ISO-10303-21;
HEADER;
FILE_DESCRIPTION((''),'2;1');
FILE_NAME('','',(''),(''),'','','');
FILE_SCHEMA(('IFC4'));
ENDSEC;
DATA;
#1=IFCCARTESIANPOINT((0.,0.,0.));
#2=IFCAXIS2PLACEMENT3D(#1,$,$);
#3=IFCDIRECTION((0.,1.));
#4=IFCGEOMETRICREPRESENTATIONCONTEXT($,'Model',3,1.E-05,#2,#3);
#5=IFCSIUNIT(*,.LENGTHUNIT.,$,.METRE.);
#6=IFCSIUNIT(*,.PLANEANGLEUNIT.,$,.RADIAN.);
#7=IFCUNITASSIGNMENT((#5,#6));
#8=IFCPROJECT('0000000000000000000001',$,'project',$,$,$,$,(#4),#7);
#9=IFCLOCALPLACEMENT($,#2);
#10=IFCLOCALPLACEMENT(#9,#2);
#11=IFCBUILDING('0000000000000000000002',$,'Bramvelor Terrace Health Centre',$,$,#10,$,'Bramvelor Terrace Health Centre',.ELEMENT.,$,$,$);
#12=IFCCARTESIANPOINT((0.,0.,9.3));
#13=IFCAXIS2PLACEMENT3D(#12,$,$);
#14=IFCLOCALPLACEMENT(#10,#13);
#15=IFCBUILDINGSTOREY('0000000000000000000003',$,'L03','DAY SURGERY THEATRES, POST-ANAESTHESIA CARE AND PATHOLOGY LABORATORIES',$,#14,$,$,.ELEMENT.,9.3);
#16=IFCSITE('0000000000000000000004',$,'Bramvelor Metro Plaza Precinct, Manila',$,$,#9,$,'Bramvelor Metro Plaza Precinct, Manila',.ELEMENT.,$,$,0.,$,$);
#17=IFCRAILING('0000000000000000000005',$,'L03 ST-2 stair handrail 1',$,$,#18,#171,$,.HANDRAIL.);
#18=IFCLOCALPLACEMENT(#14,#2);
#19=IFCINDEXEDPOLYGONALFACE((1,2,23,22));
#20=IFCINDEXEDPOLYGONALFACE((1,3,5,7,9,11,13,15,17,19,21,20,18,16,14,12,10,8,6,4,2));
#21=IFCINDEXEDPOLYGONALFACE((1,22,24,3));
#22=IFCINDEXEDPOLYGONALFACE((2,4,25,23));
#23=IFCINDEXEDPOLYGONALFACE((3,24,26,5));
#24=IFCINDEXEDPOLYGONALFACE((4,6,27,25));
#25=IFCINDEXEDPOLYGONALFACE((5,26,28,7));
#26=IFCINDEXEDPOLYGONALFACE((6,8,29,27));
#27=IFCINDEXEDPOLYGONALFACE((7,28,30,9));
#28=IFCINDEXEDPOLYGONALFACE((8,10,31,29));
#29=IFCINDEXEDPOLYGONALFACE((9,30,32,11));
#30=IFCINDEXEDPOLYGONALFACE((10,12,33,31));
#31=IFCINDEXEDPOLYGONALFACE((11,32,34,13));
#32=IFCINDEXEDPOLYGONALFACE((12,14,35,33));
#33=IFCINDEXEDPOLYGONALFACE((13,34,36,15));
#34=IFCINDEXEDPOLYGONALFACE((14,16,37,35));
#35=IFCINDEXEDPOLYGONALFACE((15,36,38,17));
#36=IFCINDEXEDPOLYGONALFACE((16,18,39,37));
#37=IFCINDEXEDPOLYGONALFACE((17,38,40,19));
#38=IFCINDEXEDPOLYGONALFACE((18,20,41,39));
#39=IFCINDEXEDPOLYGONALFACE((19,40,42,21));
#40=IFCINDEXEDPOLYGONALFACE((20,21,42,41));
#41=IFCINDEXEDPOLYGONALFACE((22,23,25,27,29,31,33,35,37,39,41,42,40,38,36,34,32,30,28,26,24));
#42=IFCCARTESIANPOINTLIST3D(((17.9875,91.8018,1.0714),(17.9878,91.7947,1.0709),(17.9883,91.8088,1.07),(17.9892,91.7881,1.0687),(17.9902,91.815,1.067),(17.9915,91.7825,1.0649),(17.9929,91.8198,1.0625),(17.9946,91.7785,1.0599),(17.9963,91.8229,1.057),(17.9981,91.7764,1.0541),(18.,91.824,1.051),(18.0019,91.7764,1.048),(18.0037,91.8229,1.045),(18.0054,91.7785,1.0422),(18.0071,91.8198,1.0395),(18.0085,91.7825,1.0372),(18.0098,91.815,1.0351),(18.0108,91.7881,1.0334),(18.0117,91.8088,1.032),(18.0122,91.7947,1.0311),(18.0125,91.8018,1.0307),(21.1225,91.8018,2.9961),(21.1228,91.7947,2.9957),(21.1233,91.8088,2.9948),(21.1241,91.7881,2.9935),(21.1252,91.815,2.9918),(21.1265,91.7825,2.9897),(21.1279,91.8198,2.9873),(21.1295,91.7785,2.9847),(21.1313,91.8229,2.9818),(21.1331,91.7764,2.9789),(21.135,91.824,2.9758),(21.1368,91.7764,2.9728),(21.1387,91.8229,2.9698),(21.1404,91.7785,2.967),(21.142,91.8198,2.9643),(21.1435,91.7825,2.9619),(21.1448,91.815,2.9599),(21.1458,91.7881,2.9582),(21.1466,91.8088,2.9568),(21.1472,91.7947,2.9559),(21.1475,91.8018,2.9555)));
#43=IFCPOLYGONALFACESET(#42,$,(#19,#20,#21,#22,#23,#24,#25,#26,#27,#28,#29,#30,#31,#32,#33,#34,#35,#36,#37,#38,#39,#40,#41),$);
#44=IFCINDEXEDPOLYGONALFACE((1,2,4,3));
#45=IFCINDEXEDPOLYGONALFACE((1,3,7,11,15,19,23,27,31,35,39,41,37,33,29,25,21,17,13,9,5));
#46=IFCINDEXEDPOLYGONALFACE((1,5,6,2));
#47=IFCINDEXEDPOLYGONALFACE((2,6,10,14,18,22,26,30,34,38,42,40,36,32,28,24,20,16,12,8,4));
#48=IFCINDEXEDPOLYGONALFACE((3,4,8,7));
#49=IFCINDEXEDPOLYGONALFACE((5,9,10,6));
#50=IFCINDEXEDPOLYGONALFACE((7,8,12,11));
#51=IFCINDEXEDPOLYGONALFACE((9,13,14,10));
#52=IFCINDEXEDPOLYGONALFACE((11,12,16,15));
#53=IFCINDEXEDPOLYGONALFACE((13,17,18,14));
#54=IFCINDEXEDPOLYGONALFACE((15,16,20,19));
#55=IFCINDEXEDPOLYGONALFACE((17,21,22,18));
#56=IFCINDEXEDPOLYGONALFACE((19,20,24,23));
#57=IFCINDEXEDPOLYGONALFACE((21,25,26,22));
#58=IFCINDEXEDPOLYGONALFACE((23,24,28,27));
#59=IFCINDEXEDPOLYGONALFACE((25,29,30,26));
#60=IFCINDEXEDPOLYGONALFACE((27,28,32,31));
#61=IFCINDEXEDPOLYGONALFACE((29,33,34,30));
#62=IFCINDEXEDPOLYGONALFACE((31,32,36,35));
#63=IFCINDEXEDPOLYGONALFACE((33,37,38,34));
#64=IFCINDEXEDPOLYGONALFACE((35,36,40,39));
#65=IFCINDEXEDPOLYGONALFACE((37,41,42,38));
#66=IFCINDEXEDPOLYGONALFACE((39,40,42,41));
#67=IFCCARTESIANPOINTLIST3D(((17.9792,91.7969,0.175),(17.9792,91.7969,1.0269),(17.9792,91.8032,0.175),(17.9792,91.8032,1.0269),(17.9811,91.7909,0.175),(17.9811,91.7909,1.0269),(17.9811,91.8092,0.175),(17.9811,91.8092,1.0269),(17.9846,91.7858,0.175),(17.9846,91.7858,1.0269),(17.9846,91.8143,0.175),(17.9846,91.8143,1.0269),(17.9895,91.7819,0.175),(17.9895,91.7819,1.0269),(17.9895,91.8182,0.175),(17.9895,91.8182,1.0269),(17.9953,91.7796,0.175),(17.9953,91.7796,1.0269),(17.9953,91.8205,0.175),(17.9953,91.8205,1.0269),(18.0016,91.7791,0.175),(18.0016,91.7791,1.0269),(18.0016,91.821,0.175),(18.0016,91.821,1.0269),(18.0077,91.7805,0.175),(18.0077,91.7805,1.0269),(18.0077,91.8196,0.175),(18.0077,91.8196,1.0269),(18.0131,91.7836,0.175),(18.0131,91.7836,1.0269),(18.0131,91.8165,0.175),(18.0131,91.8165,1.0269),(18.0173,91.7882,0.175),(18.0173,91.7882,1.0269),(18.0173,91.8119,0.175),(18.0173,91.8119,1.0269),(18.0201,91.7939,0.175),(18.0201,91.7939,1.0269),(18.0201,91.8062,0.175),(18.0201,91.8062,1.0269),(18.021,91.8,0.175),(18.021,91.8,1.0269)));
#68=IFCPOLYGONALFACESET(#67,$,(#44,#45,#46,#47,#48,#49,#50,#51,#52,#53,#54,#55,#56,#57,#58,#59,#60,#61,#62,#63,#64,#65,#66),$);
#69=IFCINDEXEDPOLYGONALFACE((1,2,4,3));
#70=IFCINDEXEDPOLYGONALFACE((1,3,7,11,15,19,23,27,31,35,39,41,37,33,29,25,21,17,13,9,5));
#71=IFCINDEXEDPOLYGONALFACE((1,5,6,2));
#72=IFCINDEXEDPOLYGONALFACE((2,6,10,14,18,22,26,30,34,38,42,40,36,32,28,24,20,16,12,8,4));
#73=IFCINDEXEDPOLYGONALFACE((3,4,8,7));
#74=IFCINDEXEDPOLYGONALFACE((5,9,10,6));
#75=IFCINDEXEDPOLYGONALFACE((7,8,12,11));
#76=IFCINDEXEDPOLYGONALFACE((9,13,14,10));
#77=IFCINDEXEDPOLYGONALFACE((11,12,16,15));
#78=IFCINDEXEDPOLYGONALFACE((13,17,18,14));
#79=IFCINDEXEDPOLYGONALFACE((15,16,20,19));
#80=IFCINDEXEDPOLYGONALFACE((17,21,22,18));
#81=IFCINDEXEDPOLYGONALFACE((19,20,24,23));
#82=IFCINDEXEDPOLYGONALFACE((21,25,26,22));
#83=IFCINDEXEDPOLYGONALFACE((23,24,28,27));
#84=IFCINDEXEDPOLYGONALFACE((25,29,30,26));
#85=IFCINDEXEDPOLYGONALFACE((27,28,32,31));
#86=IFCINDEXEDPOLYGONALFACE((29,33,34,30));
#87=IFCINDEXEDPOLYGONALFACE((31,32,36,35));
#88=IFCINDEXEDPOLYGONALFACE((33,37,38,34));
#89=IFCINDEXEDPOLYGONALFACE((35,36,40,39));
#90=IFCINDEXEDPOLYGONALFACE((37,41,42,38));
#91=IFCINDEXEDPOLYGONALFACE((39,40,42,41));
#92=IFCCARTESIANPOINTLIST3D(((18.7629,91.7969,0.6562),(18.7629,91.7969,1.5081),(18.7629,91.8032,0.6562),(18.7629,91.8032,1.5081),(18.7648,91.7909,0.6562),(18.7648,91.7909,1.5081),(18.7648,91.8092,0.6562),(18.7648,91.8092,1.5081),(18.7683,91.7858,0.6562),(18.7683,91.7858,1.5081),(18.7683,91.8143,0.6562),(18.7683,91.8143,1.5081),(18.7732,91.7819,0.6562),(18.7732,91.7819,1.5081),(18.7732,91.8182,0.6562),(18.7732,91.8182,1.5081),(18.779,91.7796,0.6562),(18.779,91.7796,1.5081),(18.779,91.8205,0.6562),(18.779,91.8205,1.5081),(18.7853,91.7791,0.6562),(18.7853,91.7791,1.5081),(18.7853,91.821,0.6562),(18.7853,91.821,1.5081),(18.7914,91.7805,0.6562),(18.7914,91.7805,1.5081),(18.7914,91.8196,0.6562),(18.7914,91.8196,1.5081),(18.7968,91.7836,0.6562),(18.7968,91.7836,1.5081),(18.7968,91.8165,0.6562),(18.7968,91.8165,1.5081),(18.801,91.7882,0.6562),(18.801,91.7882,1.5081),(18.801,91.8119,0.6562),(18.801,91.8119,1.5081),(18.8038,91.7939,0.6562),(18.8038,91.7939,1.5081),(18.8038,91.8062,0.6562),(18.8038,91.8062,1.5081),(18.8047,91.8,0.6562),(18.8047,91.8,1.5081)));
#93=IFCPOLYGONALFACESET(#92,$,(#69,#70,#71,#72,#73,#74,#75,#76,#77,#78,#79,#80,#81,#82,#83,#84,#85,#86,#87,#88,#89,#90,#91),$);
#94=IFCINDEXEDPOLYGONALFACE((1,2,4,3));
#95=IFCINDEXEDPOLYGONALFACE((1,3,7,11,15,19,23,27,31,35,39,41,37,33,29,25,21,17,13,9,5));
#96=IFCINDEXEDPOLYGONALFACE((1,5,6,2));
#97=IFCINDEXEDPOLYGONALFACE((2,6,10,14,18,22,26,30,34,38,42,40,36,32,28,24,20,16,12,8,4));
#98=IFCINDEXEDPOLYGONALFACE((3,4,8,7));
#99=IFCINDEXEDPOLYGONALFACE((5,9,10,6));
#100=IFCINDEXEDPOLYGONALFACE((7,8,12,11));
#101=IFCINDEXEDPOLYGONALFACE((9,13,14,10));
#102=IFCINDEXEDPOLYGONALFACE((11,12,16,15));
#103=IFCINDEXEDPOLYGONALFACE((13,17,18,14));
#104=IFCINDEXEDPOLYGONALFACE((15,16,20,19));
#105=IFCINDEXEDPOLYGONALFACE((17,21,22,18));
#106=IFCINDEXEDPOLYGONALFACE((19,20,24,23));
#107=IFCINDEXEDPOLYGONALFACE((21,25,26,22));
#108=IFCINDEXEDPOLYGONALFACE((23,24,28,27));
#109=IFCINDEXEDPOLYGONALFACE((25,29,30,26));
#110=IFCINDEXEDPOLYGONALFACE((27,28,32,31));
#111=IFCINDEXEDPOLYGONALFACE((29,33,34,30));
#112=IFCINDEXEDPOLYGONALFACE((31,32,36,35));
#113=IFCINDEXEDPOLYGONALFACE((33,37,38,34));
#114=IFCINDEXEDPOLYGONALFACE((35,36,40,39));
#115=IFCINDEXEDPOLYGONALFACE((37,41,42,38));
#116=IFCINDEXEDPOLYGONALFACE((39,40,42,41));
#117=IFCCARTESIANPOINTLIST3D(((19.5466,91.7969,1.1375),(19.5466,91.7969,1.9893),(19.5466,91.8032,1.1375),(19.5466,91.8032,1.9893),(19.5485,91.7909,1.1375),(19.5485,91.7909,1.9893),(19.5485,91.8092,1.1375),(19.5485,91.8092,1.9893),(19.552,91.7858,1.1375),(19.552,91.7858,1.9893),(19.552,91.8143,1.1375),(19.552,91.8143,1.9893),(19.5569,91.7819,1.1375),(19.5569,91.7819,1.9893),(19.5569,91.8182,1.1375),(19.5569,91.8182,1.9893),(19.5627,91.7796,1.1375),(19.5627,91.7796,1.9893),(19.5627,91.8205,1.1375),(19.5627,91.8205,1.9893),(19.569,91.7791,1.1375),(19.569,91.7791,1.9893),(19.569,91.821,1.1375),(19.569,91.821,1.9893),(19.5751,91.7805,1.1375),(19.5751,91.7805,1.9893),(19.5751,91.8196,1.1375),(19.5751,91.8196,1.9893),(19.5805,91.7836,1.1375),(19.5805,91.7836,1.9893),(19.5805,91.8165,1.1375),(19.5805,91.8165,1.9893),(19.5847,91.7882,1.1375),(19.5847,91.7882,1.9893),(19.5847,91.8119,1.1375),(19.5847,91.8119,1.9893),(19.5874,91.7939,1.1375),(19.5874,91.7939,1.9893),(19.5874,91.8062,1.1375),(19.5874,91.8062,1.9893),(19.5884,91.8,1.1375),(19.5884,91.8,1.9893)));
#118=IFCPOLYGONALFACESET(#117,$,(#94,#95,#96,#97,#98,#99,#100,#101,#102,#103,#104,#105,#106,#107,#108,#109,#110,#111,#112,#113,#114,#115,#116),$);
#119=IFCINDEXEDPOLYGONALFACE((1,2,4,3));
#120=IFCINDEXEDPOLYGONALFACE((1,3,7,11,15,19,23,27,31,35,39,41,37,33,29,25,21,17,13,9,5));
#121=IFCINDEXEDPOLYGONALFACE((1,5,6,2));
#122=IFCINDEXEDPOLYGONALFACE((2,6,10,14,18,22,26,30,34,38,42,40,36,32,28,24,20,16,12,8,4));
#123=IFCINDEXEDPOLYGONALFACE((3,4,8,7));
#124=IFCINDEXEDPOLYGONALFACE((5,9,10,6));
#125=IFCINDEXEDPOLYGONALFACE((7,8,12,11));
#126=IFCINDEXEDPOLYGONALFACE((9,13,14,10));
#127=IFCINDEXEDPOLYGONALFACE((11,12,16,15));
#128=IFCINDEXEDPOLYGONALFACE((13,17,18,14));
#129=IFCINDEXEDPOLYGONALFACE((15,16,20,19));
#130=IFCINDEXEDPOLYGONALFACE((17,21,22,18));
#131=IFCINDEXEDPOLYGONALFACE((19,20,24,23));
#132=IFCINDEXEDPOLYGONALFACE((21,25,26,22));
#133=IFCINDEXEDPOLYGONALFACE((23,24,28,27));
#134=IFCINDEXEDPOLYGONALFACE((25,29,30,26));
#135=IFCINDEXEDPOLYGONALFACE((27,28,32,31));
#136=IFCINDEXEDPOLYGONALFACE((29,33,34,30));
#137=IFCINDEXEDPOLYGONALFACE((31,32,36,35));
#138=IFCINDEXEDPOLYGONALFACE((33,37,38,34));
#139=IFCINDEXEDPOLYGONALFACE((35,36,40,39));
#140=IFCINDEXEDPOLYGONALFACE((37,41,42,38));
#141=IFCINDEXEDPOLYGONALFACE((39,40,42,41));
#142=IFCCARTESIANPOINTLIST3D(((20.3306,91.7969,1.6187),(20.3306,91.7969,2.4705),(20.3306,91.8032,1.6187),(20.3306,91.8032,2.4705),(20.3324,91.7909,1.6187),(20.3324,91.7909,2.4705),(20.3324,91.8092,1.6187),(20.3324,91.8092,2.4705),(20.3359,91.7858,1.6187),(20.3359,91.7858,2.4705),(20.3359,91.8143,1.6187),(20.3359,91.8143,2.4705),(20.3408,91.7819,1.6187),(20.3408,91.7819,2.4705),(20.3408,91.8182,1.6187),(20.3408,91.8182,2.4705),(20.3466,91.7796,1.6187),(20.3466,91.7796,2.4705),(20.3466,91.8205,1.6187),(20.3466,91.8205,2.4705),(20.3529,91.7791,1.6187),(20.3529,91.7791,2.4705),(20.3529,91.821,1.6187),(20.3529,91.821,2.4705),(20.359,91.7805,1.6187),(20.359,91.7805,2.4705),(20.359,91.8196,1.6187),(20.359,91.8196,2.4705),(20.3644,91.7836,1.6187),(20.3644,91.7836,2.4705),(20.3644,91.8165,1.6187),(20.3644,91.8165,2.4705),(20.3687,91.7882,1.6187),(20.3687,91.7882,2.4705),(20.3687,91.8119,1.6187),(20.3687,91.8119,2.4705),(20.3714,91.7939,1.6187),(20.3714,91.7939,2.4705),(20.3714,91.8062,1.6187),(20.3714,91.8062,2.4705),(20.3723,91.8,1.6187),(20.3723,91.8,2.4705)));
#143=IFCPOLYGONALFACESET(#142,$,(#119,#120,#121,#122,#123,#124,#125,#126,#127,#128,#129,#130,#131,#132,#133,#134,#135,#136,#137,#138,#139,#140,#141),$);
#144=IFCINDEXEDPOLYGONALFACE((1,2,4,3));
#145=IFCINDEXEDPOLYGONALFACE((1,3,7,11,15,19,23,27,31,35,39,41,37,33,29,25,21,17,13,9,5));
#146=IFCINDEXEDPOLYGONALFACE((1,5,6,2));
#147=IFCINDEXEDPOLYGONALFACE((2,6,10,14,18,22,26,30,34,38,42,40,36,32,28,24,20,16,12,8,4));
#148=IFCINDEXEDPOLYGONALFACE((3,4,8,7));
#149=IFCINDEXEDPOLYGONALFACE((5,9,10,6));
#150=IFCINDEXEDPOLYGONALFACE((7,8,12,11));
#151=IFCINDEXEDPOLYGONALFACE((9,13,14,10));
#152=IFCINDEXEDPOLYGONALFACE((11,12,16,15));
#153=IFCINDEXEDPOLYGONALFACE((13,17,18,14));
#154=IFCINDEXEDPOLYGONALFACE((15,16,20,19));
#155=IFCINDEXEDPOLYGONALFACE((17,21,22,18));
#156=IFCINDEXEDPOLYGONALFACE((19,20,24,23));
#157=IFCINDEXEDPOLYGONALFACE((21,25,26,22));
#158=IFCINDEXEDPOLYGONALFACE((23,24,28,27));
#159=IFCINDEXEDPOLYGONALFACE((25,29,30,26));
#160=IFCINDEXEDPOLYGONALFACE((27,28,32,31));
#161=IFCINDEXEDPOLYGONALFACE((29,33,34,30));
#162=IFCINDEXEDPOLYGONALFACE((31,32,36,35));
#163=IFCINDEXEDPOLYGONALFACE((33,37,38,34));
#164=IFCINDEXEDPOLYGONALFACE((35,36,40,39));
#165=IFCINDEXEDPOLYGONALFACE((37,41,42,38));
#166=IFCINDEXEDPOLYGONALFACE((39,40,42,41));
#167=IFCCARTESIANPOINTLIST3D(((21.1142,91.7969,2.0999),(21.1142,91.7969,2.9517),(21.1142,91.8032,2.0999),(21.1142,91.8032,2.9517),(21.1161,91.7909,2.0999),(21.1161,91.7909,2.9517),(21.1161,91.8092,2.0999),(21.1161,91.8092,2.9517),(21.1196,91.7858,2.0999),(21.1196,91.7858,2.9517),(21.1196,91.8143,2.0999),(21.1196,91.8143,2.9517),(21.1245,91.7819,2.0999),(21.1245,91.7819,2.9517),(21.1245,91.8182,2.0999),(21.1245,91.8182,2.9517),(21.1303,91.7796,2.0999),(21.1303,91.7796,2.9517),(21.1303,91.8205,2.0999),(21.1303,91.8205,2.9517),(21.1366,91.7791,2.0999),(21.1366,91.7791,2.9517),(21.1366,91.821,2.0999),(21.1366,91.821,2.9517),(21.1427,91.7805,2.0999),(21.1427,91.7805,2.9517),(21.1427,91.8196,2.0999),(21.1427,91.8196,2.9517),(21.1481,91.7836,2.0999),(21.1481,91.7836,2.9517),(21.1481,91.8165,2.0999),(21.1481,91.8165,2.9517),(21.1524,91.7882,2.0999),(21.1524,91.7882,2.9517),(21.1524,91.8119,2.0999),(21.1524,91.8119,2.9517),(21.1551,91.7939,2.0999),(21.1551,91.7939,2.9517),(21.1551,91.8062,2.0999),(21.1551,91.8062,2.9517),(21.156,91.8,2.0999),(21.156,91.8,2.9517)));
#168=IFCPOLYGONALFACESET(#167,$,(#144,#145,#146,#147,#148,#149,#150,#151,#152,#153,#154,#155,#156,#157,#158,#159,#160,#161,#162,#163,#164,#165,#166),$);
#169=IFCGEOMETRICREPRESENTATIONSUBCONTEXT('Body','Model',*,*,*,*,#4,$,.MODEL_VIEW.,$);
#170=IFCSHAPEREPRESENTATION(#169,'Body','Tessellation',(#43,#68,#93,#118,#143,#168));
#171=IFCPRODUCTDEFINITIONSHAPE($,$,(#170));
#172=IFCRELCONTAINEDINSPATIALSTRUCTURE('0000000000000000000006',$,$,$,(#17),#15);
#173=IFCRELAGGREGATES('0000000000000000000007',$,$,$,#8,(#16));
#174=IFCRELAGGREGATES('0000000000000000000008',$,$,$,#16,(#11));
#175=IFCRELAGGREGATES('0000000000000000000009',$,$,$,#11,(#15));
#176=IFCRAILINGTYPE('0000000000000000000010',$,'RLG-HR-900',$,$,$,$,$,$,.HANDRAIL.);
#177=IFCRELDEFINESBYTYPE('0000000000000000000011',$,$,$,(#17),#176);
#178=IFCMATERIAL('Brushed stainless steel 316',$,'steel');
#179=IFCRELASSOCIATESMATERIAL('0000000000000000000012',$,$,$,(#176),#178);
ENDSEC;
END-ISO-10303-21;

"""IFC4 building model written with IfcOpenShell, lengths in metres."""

from ifc_helpers import new_model, si_unit, direction, frame, origin, origin_2d, place, context, subcontext, project, spatial, circle, extrude, material, type_object, element, save


model = new_model("IFC4")

# Units and contexts
model_context = context("Model", 3, precision=1e-05, world=origin(), true_north=direction((0.0, 1.0)))
body_context = subcontext(model_context, "Body", "Model", "MODEL_VIEW")
ifc_project = project(units=[si_unit("LENGTHUNIT", "METRE"), si_unit("PLANEANGLEUNIT", "RADIAN")], contexts=[model_context])

# Site, building, storey
site_placement = place(None, origin())
site = spatial("IfcSite", under=ifc_project, at=site_placement, Name="Bramvelor Metro Plaza Precinct, Manila", LongName="Bramvelor Metro Plaza Precinct, Manila", CompositionType="ELEMENT", RefElevation=0.0)
building_placement = place(site_placement, origin())
building = spatial("IfcBuilding", under=site, at=building_placement, Name="Bramvelor Terrace Health Centre", LongName="Bramvelor Terrace Health Centre", CompositionType="ELEMENT")
storey_placement = place(building_placement, frame((0.0, 0.0, 9.3)))
storey = spatial("IfcBuildingStorey", under=building, at=storey_placement, Name="L03", Description="DAY SURGERY THEATRES, POST-ANAESTHESIA CARE AND PATHOLOGY LABORATORIES", CompositionType="ELEMENT", Elevation=9.3)

# Railing
ifc_material_1 = material(Name="Brushed stainless steel 316", Category="steel")
railing_type_1 = type_object("IfcRailingType", Name="RLG-HR-900", PredefinedType="HANDRAIL", material=ifc_material_1)
railing_1_placement = place(storey_placement, frame((18.0, 91.8, 0.175)))
element("IfcRailing", 1, at=railing_1_placement, inside=storey, type_object=railing_type_1, Name="L03 ST-2 stair handrail 1", PredefinedType="HANDRAIL", context=body_context, shape_type="SweptSolid", body=[
    extrude(circle(Radius=0.0239, at=origin_2d()), frame((0.0, 0.0, 0.876), z_axis=(0.852196, 0.0, 0.523223), x_axis=(0.0, 1.0, 0.0)), (0.0, 0.0, 1.0), 3.6787),
    extrude(circle(Radius=0.021, at=origin_2d()), origin(), (0.0, 0.0, 1.0), 0.8518),
    extrude(circle(Radius=0.021, at=origin_2d()), frame((0.7837, 0.0, 0.4812)), (0.0, 0.0, 1.0), 0.8518),
    extrude(circle(Radius=0.021, at=origin_2d()), frame((1.5674, 0.0, 0.9624)), (0.0, 0.0, 1.0), 0.8518),
    extrude(circle(Radius=0.021, at=origin_2d()), frame((2.3513, 0.0, 1.4436)), (0.0, 0.0, 1.0), 0.8518),
    extrude(circle(Radius=0.021, at=origin_2d()), frame((3.135, 0.0, 1.9248)), (0.0, 0.0, 1.0), 0.8518),
])

save(model, "model.ifc")
